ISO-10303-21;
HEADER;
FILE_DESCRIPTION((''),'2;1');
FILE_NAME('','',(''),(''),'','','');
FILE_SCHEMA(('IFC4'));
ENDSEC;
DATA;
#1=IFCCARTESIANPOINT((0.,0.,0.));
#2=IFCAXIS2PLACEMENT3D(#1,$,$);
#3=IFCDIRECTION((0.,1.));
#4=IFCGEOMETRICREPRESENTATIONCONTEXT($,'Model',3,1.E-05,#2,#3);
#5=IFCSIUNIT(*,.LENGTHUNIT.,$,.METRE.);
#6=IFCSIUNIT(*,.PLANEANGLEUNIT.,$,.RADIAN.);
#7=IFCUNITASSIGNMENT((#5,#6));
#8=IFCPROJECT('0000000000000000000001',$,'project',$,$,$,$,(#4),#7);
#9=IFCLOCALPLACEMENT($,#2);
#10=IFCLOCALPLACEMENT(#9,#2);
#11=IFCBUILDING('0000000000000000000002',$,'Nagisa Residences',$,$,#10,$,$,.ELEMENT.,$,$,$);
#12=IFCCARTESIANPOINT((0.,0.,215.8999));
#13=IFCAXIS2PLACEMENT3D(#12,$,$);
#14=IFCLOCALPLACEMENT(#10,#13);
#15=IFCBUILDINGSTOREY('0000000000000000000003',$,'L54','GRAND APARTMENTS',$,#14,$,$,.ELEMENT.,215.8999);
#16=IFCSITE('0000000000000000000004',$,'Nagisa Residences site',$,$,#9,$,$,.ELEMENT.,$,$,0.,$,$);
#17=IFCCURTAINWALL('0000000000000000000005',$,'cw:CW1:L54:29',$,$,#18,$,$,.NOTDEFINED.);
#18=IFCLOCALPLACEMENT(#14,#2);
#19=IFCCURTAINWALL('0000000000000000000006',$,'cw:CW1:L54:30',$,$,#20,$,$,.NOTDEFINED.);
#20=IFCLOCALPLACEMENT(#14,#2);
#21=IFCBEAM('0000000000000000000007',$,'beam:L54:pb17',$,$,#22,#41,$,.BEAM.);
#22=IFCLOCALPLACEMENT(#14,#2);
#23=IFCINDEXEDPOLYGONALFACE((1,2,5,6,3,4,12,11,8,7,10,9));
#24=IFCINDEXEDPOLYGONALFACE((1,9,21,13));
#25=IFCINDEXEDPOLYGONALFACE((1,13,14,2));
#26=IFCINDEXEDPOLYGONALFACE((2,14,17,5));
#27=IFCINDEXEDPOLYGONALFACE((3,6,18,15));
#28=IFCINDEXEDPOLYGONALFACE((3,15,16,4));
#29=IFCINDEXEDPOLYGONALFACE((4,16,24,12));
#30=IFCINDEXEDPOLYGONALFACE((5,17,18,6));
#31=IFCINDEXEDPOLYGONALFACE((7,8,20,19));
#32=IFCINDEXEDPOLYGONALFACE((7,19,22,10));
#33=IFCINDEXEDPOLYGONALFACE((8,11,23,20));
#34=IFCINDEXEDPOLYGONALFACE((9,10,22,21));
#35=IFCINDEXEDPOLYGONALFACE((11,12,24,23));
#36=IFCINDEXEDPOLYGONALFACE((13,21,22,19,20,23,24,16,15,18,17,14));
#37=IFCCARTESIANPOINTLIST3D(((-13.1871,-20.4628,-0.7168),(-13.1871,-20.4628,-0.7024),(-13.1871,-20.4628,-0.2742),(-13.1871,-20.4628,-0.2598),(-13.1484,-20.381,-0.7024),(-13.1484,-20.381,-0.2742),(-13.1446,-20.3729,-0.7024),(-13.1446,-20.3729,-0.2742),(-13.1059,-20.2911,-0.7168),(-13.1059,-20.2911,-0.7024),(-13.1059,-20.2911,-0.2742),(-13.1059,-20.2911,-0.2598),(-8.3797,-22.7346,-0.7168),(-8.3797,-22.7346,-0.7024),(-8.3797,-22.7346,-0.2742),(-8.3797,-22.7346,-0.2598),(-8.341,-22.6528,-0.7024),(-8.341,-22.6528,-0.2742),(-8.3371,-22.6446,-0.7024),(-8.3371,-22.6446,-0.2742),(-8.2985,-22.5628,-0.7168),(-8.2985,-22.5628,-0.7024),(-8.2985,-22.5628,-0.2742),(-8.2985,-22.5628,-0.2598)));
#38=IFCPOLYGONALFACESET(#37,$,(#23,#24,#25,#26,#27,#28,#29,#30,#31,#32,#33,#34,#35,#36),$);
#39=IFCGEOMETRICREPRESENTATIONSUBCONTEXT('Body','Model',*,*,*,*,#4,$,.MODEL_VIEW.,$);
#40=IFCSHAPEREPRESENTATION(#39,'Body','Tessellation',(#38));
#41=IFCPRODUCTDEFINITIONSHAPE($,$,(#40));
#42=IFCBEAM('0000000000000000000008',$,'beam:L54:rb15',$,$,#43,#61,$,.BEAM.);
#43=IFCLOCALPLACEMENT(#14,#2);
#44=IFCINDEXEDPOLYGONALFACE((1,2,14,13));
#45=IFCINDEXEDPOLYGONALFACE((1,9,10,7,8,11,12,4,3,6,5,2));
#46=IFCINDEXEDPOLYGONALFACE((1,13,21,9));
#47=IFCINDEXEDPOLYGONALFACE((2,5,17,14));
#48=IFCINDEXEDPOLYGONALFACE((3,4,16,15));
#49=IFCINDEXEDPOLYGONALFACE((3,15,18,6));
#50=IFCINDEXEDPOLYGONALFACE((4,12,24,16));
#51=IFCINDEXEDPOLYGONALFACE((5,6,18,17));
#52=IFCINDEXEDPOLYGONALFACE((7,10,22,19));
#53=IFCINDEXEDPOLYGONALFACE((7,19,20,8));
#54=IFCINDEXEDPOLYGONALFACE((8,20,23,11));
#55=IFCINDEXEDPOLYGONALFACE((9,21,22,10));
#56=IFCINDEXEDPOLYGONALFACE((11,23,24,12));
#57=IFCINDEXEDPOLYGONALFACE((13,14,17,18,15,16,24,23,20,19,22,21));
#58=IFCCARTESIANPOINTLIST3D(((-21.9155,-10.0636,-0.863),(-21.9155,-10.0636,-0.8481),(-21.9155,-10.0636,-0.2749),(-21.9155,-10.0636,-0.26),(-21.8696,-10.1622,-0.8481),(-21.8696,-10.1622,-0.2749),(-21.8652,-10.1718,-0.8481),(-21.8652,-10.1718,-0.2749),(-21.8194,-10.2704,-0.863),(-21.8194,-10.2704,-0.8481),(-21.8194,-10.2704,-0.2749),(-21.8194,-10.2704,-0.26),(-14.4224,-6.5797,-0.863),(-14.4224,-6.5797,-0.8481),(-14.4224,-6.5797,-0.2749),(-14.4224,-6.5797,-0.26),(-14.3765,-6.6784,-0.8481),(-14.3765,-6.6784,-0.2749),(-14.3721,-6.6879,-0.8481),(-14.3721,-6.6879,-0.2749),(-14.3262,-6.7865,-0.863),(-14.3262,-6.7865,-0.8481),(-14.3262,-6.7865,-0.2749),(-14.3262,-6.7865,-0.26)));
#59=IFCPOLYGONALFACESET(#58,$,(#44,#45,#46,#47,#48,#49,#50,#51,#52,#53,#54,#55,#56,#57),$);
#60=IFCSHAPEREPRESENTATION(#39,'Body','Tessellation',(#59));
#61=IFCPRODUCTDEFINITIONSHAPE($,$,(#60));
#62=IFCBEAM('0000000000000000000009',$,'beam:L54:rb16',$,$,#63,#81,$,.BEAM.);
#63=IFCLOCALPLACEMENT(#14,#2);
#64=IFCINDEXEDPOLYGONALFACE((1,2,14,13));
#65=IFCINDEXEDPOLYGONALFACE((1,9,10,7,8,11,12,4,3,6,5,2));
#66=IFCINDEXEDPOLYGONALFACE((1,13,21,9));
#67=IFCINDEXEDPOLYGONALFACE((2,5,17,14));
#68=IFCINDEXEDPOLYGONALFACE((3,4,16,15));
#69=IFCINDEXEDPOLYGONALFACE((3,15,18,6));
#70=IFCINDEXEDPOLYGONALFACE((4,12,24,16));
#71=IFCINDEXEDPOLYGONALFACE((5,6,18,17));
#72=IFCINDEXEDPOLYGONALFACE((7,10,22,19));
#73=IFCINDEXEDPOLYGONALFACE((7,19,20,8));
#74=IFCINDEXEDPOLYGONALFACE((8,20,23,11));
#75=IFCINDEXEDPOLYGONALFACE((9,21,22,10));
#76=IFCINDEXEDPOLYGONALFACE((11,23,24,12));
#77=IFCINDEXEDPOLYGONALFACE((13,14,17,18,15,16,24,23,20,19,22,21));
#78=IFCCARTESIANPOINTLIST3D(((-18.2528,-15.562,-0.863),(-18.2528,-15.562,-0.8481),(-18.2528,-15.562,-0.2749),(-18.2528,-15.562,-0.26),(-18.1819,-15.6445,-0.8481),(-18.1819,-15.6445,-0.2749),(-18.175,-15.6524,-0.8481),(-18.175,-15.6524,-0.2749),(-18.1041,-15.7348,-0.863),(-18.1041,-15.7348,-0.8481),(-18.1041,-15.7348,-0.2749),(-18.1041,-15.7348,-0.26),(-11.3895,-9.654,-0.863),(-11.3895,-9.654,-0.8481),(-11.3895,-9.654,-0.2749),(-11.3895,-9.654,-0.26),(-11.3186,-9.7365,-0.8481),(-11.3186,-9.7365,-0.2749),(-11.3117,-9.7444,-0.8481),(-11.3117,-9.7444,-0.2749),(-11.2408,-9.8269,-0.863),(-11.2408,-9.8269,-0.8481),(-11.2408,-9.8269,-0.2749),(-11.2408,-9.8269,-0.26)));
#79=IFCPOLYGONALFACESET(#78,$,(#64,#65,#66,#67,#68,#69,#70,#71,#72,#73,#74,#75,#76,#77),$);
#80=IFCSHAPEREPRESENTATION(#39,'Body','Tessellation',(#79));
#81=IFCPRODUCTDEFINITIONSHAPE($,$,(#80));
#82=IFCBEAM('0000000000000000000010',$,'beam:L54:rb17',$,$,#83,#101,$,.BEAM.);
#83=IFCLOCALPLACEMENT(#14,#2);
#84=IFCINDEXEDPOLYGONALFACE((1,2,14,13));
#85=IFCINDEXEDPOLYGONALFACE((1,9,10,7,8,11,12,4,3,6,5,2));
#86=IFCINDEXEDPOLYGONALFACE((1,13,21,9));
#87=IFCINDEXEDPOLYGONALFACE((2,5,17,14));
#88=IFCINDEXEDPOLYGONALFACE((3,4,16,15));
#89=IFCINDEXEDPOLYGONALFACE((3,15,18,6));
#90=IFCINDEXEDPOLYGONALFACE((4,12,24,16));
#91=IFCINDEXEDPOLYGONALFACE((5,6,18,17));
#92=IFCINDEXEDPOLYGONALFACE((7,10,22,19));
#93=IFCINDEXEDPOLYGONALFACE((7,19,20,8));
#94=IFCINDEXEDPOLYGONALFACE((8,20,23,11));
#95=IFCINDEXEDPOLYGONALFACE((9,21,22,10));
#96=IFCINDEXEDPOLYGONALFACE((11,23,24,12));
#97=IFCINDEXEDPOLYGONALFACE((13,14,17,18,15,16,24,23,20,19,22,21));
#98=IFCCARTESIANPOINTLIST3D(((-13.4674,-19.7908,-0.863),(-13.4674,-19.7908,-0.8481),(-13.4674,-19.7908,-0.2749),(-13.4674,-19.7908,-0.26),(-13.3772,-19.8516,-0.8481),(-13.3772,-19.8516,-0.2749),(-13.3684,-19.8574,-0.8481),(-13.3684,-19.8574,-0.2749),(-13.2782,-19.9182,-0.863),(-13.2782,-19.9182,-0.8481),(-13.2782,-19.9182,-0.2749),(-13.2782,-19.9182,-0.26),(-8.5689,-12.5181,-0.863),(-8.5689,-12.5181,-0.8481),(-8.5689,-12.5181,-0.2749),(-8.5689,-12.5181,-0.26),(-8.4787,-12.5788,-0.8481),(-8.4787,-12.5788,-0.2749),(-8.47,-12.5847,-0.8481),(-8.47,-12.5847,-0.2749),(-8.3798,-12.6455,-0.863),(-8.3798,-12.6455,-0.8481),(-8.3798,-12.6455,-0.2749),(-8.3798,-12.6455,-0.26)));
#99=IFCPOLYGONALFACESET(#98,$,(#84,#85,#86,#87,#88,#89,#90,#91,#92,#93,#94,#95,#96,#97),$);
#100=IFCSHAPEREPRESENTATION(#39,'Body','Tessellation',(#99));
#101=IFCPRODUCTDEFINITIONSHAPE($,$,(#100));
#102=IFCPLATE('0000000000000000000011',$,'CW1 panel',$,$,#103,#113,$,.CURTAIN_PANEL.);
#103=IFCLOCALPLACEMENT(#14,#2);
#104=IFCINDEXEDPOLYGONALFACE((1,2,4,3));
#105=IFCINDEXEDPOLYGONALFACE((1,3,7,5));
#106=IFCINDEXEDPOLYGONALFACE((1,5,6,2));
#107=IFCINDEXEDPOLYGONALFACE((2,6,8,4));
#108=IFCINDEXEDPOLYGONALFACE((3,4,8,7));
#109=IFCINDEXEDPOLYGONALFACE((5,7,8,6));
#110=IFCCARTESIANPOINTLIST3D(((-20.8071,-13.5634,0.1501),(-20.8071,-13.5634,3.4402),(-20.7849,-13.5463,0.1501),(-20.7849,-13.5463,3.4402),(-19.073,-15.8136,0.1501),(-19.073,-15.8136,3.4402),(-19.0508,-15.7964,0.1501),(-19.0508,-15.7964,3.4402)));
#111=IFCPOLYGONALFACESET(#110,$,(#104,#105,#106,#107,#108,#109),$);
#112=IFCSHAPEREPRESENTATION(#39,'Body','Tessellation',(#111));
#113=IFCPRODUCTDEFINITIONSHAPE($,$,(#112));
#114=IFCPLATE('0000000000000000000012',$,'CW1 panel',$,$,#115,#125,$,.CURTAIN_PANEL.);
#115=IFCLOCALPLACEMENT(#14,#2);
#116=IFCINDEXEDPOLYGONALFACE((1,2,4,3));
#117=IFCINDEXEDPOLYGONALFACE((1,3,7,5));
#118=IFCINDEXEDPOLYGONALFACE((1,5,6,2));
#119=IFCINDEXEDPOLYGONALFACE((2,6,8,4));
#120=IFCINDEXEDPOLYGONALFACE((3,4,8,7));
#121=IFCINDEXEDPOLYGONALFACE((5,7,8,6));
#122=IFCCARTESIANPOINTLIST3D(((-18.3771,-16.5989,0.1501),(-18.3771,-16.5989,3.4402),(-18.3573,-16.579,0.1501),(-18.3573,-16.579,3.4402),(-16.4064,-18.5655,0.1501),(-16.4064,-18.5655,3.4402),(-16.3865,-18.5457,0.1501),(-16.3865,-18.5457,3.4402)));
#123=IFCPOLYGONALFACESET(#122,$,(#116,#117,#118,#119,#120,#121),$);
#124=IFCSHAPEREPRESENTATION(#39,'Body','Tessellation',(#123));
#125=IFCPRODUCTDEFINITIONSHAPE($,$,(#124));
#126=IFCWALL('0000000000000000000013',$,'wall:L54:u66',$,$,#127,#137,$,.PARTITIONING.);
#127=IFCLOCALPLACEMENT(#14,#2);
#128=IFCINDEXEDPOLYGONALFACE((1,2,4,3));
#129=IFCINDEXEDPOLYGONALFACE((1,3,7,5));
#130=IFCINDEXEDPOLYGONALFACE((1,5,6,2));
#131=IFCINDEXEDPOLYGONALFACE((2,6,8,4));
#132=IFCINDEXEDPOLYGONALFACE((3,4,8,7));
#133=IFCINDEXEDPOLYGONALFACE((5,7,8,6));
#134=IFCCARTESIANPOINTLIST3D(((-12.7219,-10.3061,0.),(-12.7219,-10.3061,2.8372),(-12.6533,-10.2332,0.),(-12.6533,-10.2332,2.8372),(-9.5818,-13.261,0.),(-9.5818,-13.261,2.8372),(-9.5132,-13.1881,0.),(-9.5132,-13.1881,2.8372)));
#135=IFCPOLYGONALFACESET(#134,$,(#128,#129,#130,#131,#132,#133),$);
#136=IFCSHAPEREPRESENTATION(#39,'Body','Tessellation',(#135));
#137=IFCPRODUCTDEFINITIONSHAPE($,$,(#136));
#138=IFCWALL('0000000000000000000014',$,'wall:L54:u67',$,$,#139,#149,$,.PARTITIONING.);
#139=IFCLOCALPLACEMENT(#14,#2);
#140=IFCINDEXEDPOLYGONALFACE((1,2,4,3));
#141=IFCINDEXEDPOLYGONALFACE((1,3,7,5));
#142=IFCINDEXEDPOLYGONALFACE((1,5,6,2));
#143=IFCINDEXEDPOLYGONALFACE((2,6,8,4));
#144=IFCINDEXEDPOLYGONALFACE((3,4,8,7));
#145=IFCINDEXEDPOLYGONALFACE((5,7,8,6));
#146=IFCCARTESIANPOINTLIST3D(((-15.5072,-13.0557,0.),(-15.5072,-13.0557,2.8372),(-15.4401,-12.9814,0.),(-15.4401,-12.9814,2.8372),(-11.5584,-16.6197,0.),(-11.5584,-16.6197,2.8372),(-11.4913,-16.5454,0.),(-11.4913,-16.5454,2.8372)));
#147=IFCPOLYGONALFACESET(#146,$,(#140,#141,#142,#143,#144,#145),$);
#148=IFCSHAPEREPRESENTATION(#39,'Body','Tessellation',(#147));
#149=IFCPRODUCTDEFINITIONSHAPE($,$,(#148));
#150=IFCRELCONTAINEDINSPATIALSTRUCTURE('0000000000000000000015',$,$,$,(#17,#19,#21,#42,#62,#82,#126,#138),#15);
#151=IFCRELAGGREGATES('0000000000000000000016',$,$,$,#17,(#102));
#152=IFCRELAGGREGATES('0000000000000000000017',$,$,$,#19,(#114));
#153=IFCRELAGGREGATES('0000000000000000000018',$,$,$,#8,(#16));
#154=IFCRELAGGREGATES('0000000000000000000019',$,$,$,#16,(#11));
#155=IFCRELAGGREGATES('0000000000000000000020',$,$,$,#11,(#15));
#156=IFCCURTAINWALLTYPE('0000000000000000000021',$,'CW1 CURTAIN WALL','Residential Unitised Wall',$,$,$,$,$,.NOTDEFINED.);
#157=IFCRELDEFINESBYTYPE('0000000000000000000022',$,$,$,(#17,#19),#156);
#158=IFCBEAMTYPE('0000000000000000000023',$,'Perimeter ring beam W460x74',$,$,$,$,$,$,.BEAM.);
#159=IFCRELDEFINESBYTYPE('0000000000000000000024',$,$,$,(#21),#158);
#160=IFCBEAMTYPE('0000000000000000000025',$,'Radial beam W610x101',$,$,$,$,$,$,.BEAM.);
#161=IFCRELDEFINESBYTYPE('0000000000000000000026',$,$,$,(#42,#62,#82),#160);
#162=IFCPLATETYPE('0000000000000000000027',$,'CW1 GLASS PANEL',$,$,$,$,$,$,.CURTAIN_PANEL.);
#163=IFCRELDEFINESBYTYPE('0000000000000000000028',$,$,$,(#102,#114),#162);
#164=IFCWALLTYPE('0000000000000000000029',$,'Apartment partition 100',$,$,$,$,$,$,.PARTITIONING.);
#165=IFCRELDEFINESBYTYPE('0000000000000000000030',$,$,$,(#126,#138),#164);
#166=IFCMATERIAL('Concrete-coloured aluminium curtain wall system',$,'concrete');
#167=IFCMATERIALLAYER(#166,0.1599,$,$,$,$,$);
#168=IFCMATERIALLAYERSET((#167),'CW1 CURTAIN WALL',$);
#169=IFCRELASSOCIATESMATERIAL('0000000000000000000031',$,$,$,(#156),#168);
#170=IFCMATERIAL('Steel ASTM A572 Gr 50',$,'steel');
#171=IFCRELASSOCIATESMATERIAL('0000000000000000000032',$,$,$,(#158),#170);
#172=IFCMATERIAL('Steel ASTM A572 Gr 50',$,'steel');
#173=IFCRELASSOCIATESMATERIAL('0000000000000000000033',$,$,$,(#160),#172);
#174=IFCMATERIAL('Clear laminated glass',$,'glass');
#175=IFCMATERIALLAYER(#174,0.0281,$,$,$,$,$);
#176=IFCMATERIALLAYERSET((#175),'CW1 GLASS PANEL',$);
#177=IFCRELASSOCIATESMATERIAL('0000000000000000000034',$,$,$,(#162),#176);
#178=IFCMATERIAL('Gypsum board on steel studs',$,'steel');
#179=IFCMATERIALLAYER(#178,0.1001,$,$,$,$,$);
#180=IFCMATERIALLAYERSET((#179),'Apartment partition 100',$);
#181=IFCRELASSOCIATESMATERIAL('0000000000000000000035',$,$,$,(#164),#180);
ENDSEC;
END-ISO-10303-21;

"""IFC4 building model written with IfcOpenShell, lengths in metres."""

from ifc_helpers import new_model, si_unit, direction, frame, frame_2d, origin, origin_2d, place, context, subcontext, project, spatial, rectangle, i_section, extrude, material, layer, layer_set, material_profile, profile_set, type_object, element, aggregate, save


model = new_model("IFC4")

# Units and contexts
model_context = context("Model", 3, precision=1e-05, world=origin(), true_north=direction((0.0, 1.0)))
body_context = subcontext(model_context, "Body", "Model", "MODEL_VIEW")
ifc_project = project(units=[si_unit("LENGTHUNIT", "METRE"), si_unit("PLANEANGLEUNIT", "RADIAN")], contexts=[model_context])

# Site, building, storey
site_placement = place(None, origin())
site = spatial("IfcSite", under=ifc_project, at=site_placement, Name="Nagisa Residences site", CompositionType="ELEMENT", RefElevation=0.0)
building_placement = place(site_placement, origin())
building = spatial("IfcBuilding", under=site, at=building_placement, Name="Nagisa Residences", CompositionType="ELEMENT")
storey_placement = place(building_placement, frame((0.0, 0.0, 215.8999)))
storey = spatial("IfcBuildingStorey", under=building, at=storey_placement, Name="L54", Description="GRAND APARTMENTS", CompositionType="ELEMENT", Elevation=215.8999)

# Curtain walls
ifc_material_1 = material(Name="Concrete-coloured aluminium curtain wall system", Category="concrete")
ifc_layer_1 = layer(ifc_material_1, 0.1599)
ifc_layer_set_1 = layer_set([ifc_layer_1], Name="CW1 CURTAIN WALL")
curtain_wall_type = type_object("IfcCurtainWallType", Name="CW1 CURTAIN WALL", Description="Residential Unitised Wall", PredefinedType="NOTDEFINED", material=ifc_layer_set_1)
curtain_wall_1_placement = place(storey_placement, origin())
curtain_wall_1 = element("IfcCurtainWall", 1, at=curtain_wall_1_placement, inside=storey, type_object=curtain_wall_type, Name="cw:CW1:L54:29", PredefinedType="NOTDEFINED")
curtain_wall_2_placement = place(storey_placement, origin())
curtain_wall_2 = element("IfcCurtainWall", 2, at=curtain_wall_2_placement, inside=storey, type_object=curtain_wall_type, Name="cw:CW1:L54:30", PredefinedType="NOTDEFINED")

# Beams
ifc_material_2 = material(Name="Steel ASTM A572 Gr 50", Category="steel")
ifc_material_profile_1 = material_profile(ifc_material_2, i_section(OverallWidth=0.1899, OverallDepth=0.457, WebThickness=0.009, FlangeThickness=0.0144, at=origin_2d()), Name="W460x74")
ifc_profile_set_1 = profile_set([ifc_material_profile_1], Name="Steel ASTM A572 Gr 50")
beam_type_1 = type_object("IfcBeamType", Name="Perimeter ring beam W460x74", PredefinedType="BEAM", material=ifc_profile_set_1)
beam_1_placement = place(storey_placement, frame((-13.1465, -20.377, -0.4883), z_axis=(0.904134, -0.427249, 0.0), x_axis=(0.427249, 0.904134, 0.0)))
element("IfcBeam", 3, at=beam_1_placement, inside=storey, type_object=beam_type_1, Name="beam:L54:pb17", PredefinedType="BEAM", context=body_context, shape_type="SweptSolid", body=[
    extrude(i_section(OverallWidth=0.1899, OverallDepth=0.457, WebThickness=0.009, FlangeThickness=0.0144, at=origin_2d()), origin(), (0.0, 0.0, 1.0), 5.3171),
])
ifc_material_3 = material(Name="Steel ASTM A572 Gr 50", Category="steel")
ifc_material_profile_2 = material_profile(ifc_material_3, i_section(OverallWidth=0.228, OverallDepth=0.603, WebThickness=0.0105, FlangeThickness=0.0149, at=origin_2d()), Name="W610x101")
ifc_profile_set_2 = profile_set([ifc_material_profile_2], Name="Steel ASTM A572 Gr 50")
beam_type_2 = type_object("IfcBeamType", Name="Radial beam W610x101", PredefinedType="BEAM", material=ifc_profile_set_2)
beam_2_placement = place(storey_placement, frame((-21.8674, -10.167, -0.5615), z_axis=(0.906782, 0.421601, 0.0), x_axis=(-0.421601, 0.906782, 0.0)))
element("IfcBeam", 4, at=beam_2_placement, inside=storey, type_object=beam_type_2, Name="beam:L54:rb15", PredefinedType="BEAM", context=body_context, shape_type="SweptSolid", body=[
    extrude(i_section(OverallWidth=0.228, OverallDepth=0.603, WebThickness=0.0105, FlangeThickness=0.0149, at=origin_2d()), origin(), (0.0, 0.0, 1.0), 8.2634),
])
beam_3_placement = place(storey_placement, frame((-18.1785, -15.6484, -0.5615), z_axis=(0.757883, 0.652391, 0.0), x_axis=(-0.652391, 0.757883, 0.0)))
element("IfcBeam", 5, at=beam_3_placement, inside=storey, type_object=beam_type_2, Name="beam:L54:rb16", PredefinedType="BEAM", context=body_context, shape_type="SweptSolid", body=[
    extrude(i_section(OverallWidth=0.228, OverallDepth=0.603, WebThickness=0.0105, FlangeThickness=0.0149, at=origin_2d()), origin(), (0.0, 0.0, 1.0), 9.0559),
])
beam_4_placement = place(storey_placement, frame((-13.3728, -19.8545, -0.5615), z_axis=(0.558639, 0.829411, 0.0), x_axis=(-0.829411, 0.558639, 0.0)))
element("IfcBeam", 6, at=beam_4_placement, inside=storey, type_object=beam_type_2, Name="beam:L54:rb17", PredefinedType="BEAM", context=body_context, shape_type="SweptSolid", body=[
    extrude(i_section(OverallWidth=0.228, OverallDepth=0.603, WebThickness=0.0105, FlangeThickness=0.0149, at=origin_2d()), origin(), (0.0, 0.0, 1.0), 8.7686),
])

# Plates
ifc_material_4 = material(Name="Clear laminated glass", Category="glass")
ifc_layer_2 = layer(ifc_material_4, 0.0281)
ifc_layer_set_2 = layer_set([ifc_layer_2], Name="CW1 GLASS PANEL")
plate_type = type_object("IfcPlateType", Name="CW1 GLASS PANEL", PredefinedType="CURTAIN_PANEL", material=ifc_layer_set_2)
plate_1_placement = place(storey_placement, frame((-19.929, -14.6799, 0.1501), z_axis=(0.0, 0.0, 1.0), x_axis=(0.61043, -0.79207, 0.0)))
plate_1 = element("IfcPlate", 7, at=plate_1_placement, type_object=plate_type, Name="CW1 panel", PredefinedType="CURTAIN_PANEL", context=body_context, shape_type="SweptSolid", body=[
    extrude(rectangle(XDim=2.8408, YDim=0.0281, at=origin_2d()), origin(), (0.0, 0.0, 1.0), 3.29),
])
aggregate(curtain_wall_1, [plate_1])
plate_2_placement = place(storey_placement, frame((-17.3818, -17.5723, 0.1501), z_axis=(0.0, 0.0, 1.0), x_axis=(0.707836, -0.706377, 0.0)))
plate_2 = element("IfcPlate", 8, at=plate_2_placement, type_object=plate_type, Name="CW1 panel", PredefinedType="CURTAIN_PANEL", context=body_context, shape_type="SweptSolid", body=[
    extrude(rectangle(XDim=2.7842, YDim=0.0281, at=origin_2d()), origin(), (0.0, 0.0, 1.0), 3.29),
])
aggregate(curtain_wall_2, [plate_2])

# Walls
ifc_material_5 = material(Name="Gypsum board on steel studs", Category="steel")
ifc_layer_3 = layer(ifc_material_5, 0.1001)
ifc_layer_set_3 = layer_set([ifc_layer_3], Name="Apartment partition 100")
wall_type_1 = type_object("IfcWallType", Name="Apartment partition 100", PredefinedType="PARTITIONING", material=ifc_layer_set_3)
wall_1_placement = place(storey_placement, frame((-12.6875, -10.2698, 0.0), z_axis=(0.0, 0.0, 1.0), x_axis=(0.728268, -0.685292, 0.0)))
element("IfcWall", 9, at=wall_1_placement, inside=storey, type_object=wall_type_1, Name="wall:L54:u66", PredefinedType="PARTITIONING", context=body_context, shape_type="SweptSolid", body=[
    extrude(rectangle(XDim=4.3118, YDim=0.1001, at=frame_2d((2.1558, 0.0))), origin(), (0.0, 0.0, 1.0), 2.8372),
])
wall_2_placement = place(storey_placement, frame((-15.4736, -13.0186, 0.0), z_axis=(0.0, 0.0, 1.0), x_axis=(0.742349, -0.670014, 0.0)))
element("IfcWall", 10, at=wall_2_placement, inside=storey, type_object=wall_type_1, Name="wall:L54:u67", PredefinedType="PARTITIONING", context=body_context, shape_type="SweptSolid", body=[
    extrude(rectangle(XDim=5.3193, YDim=0.1001, at=frame_2d((2.6597, 0.0))), origin(), (0.0, 0.0, 1.0), 2.8372),
])

save(model, "model.ifc")
